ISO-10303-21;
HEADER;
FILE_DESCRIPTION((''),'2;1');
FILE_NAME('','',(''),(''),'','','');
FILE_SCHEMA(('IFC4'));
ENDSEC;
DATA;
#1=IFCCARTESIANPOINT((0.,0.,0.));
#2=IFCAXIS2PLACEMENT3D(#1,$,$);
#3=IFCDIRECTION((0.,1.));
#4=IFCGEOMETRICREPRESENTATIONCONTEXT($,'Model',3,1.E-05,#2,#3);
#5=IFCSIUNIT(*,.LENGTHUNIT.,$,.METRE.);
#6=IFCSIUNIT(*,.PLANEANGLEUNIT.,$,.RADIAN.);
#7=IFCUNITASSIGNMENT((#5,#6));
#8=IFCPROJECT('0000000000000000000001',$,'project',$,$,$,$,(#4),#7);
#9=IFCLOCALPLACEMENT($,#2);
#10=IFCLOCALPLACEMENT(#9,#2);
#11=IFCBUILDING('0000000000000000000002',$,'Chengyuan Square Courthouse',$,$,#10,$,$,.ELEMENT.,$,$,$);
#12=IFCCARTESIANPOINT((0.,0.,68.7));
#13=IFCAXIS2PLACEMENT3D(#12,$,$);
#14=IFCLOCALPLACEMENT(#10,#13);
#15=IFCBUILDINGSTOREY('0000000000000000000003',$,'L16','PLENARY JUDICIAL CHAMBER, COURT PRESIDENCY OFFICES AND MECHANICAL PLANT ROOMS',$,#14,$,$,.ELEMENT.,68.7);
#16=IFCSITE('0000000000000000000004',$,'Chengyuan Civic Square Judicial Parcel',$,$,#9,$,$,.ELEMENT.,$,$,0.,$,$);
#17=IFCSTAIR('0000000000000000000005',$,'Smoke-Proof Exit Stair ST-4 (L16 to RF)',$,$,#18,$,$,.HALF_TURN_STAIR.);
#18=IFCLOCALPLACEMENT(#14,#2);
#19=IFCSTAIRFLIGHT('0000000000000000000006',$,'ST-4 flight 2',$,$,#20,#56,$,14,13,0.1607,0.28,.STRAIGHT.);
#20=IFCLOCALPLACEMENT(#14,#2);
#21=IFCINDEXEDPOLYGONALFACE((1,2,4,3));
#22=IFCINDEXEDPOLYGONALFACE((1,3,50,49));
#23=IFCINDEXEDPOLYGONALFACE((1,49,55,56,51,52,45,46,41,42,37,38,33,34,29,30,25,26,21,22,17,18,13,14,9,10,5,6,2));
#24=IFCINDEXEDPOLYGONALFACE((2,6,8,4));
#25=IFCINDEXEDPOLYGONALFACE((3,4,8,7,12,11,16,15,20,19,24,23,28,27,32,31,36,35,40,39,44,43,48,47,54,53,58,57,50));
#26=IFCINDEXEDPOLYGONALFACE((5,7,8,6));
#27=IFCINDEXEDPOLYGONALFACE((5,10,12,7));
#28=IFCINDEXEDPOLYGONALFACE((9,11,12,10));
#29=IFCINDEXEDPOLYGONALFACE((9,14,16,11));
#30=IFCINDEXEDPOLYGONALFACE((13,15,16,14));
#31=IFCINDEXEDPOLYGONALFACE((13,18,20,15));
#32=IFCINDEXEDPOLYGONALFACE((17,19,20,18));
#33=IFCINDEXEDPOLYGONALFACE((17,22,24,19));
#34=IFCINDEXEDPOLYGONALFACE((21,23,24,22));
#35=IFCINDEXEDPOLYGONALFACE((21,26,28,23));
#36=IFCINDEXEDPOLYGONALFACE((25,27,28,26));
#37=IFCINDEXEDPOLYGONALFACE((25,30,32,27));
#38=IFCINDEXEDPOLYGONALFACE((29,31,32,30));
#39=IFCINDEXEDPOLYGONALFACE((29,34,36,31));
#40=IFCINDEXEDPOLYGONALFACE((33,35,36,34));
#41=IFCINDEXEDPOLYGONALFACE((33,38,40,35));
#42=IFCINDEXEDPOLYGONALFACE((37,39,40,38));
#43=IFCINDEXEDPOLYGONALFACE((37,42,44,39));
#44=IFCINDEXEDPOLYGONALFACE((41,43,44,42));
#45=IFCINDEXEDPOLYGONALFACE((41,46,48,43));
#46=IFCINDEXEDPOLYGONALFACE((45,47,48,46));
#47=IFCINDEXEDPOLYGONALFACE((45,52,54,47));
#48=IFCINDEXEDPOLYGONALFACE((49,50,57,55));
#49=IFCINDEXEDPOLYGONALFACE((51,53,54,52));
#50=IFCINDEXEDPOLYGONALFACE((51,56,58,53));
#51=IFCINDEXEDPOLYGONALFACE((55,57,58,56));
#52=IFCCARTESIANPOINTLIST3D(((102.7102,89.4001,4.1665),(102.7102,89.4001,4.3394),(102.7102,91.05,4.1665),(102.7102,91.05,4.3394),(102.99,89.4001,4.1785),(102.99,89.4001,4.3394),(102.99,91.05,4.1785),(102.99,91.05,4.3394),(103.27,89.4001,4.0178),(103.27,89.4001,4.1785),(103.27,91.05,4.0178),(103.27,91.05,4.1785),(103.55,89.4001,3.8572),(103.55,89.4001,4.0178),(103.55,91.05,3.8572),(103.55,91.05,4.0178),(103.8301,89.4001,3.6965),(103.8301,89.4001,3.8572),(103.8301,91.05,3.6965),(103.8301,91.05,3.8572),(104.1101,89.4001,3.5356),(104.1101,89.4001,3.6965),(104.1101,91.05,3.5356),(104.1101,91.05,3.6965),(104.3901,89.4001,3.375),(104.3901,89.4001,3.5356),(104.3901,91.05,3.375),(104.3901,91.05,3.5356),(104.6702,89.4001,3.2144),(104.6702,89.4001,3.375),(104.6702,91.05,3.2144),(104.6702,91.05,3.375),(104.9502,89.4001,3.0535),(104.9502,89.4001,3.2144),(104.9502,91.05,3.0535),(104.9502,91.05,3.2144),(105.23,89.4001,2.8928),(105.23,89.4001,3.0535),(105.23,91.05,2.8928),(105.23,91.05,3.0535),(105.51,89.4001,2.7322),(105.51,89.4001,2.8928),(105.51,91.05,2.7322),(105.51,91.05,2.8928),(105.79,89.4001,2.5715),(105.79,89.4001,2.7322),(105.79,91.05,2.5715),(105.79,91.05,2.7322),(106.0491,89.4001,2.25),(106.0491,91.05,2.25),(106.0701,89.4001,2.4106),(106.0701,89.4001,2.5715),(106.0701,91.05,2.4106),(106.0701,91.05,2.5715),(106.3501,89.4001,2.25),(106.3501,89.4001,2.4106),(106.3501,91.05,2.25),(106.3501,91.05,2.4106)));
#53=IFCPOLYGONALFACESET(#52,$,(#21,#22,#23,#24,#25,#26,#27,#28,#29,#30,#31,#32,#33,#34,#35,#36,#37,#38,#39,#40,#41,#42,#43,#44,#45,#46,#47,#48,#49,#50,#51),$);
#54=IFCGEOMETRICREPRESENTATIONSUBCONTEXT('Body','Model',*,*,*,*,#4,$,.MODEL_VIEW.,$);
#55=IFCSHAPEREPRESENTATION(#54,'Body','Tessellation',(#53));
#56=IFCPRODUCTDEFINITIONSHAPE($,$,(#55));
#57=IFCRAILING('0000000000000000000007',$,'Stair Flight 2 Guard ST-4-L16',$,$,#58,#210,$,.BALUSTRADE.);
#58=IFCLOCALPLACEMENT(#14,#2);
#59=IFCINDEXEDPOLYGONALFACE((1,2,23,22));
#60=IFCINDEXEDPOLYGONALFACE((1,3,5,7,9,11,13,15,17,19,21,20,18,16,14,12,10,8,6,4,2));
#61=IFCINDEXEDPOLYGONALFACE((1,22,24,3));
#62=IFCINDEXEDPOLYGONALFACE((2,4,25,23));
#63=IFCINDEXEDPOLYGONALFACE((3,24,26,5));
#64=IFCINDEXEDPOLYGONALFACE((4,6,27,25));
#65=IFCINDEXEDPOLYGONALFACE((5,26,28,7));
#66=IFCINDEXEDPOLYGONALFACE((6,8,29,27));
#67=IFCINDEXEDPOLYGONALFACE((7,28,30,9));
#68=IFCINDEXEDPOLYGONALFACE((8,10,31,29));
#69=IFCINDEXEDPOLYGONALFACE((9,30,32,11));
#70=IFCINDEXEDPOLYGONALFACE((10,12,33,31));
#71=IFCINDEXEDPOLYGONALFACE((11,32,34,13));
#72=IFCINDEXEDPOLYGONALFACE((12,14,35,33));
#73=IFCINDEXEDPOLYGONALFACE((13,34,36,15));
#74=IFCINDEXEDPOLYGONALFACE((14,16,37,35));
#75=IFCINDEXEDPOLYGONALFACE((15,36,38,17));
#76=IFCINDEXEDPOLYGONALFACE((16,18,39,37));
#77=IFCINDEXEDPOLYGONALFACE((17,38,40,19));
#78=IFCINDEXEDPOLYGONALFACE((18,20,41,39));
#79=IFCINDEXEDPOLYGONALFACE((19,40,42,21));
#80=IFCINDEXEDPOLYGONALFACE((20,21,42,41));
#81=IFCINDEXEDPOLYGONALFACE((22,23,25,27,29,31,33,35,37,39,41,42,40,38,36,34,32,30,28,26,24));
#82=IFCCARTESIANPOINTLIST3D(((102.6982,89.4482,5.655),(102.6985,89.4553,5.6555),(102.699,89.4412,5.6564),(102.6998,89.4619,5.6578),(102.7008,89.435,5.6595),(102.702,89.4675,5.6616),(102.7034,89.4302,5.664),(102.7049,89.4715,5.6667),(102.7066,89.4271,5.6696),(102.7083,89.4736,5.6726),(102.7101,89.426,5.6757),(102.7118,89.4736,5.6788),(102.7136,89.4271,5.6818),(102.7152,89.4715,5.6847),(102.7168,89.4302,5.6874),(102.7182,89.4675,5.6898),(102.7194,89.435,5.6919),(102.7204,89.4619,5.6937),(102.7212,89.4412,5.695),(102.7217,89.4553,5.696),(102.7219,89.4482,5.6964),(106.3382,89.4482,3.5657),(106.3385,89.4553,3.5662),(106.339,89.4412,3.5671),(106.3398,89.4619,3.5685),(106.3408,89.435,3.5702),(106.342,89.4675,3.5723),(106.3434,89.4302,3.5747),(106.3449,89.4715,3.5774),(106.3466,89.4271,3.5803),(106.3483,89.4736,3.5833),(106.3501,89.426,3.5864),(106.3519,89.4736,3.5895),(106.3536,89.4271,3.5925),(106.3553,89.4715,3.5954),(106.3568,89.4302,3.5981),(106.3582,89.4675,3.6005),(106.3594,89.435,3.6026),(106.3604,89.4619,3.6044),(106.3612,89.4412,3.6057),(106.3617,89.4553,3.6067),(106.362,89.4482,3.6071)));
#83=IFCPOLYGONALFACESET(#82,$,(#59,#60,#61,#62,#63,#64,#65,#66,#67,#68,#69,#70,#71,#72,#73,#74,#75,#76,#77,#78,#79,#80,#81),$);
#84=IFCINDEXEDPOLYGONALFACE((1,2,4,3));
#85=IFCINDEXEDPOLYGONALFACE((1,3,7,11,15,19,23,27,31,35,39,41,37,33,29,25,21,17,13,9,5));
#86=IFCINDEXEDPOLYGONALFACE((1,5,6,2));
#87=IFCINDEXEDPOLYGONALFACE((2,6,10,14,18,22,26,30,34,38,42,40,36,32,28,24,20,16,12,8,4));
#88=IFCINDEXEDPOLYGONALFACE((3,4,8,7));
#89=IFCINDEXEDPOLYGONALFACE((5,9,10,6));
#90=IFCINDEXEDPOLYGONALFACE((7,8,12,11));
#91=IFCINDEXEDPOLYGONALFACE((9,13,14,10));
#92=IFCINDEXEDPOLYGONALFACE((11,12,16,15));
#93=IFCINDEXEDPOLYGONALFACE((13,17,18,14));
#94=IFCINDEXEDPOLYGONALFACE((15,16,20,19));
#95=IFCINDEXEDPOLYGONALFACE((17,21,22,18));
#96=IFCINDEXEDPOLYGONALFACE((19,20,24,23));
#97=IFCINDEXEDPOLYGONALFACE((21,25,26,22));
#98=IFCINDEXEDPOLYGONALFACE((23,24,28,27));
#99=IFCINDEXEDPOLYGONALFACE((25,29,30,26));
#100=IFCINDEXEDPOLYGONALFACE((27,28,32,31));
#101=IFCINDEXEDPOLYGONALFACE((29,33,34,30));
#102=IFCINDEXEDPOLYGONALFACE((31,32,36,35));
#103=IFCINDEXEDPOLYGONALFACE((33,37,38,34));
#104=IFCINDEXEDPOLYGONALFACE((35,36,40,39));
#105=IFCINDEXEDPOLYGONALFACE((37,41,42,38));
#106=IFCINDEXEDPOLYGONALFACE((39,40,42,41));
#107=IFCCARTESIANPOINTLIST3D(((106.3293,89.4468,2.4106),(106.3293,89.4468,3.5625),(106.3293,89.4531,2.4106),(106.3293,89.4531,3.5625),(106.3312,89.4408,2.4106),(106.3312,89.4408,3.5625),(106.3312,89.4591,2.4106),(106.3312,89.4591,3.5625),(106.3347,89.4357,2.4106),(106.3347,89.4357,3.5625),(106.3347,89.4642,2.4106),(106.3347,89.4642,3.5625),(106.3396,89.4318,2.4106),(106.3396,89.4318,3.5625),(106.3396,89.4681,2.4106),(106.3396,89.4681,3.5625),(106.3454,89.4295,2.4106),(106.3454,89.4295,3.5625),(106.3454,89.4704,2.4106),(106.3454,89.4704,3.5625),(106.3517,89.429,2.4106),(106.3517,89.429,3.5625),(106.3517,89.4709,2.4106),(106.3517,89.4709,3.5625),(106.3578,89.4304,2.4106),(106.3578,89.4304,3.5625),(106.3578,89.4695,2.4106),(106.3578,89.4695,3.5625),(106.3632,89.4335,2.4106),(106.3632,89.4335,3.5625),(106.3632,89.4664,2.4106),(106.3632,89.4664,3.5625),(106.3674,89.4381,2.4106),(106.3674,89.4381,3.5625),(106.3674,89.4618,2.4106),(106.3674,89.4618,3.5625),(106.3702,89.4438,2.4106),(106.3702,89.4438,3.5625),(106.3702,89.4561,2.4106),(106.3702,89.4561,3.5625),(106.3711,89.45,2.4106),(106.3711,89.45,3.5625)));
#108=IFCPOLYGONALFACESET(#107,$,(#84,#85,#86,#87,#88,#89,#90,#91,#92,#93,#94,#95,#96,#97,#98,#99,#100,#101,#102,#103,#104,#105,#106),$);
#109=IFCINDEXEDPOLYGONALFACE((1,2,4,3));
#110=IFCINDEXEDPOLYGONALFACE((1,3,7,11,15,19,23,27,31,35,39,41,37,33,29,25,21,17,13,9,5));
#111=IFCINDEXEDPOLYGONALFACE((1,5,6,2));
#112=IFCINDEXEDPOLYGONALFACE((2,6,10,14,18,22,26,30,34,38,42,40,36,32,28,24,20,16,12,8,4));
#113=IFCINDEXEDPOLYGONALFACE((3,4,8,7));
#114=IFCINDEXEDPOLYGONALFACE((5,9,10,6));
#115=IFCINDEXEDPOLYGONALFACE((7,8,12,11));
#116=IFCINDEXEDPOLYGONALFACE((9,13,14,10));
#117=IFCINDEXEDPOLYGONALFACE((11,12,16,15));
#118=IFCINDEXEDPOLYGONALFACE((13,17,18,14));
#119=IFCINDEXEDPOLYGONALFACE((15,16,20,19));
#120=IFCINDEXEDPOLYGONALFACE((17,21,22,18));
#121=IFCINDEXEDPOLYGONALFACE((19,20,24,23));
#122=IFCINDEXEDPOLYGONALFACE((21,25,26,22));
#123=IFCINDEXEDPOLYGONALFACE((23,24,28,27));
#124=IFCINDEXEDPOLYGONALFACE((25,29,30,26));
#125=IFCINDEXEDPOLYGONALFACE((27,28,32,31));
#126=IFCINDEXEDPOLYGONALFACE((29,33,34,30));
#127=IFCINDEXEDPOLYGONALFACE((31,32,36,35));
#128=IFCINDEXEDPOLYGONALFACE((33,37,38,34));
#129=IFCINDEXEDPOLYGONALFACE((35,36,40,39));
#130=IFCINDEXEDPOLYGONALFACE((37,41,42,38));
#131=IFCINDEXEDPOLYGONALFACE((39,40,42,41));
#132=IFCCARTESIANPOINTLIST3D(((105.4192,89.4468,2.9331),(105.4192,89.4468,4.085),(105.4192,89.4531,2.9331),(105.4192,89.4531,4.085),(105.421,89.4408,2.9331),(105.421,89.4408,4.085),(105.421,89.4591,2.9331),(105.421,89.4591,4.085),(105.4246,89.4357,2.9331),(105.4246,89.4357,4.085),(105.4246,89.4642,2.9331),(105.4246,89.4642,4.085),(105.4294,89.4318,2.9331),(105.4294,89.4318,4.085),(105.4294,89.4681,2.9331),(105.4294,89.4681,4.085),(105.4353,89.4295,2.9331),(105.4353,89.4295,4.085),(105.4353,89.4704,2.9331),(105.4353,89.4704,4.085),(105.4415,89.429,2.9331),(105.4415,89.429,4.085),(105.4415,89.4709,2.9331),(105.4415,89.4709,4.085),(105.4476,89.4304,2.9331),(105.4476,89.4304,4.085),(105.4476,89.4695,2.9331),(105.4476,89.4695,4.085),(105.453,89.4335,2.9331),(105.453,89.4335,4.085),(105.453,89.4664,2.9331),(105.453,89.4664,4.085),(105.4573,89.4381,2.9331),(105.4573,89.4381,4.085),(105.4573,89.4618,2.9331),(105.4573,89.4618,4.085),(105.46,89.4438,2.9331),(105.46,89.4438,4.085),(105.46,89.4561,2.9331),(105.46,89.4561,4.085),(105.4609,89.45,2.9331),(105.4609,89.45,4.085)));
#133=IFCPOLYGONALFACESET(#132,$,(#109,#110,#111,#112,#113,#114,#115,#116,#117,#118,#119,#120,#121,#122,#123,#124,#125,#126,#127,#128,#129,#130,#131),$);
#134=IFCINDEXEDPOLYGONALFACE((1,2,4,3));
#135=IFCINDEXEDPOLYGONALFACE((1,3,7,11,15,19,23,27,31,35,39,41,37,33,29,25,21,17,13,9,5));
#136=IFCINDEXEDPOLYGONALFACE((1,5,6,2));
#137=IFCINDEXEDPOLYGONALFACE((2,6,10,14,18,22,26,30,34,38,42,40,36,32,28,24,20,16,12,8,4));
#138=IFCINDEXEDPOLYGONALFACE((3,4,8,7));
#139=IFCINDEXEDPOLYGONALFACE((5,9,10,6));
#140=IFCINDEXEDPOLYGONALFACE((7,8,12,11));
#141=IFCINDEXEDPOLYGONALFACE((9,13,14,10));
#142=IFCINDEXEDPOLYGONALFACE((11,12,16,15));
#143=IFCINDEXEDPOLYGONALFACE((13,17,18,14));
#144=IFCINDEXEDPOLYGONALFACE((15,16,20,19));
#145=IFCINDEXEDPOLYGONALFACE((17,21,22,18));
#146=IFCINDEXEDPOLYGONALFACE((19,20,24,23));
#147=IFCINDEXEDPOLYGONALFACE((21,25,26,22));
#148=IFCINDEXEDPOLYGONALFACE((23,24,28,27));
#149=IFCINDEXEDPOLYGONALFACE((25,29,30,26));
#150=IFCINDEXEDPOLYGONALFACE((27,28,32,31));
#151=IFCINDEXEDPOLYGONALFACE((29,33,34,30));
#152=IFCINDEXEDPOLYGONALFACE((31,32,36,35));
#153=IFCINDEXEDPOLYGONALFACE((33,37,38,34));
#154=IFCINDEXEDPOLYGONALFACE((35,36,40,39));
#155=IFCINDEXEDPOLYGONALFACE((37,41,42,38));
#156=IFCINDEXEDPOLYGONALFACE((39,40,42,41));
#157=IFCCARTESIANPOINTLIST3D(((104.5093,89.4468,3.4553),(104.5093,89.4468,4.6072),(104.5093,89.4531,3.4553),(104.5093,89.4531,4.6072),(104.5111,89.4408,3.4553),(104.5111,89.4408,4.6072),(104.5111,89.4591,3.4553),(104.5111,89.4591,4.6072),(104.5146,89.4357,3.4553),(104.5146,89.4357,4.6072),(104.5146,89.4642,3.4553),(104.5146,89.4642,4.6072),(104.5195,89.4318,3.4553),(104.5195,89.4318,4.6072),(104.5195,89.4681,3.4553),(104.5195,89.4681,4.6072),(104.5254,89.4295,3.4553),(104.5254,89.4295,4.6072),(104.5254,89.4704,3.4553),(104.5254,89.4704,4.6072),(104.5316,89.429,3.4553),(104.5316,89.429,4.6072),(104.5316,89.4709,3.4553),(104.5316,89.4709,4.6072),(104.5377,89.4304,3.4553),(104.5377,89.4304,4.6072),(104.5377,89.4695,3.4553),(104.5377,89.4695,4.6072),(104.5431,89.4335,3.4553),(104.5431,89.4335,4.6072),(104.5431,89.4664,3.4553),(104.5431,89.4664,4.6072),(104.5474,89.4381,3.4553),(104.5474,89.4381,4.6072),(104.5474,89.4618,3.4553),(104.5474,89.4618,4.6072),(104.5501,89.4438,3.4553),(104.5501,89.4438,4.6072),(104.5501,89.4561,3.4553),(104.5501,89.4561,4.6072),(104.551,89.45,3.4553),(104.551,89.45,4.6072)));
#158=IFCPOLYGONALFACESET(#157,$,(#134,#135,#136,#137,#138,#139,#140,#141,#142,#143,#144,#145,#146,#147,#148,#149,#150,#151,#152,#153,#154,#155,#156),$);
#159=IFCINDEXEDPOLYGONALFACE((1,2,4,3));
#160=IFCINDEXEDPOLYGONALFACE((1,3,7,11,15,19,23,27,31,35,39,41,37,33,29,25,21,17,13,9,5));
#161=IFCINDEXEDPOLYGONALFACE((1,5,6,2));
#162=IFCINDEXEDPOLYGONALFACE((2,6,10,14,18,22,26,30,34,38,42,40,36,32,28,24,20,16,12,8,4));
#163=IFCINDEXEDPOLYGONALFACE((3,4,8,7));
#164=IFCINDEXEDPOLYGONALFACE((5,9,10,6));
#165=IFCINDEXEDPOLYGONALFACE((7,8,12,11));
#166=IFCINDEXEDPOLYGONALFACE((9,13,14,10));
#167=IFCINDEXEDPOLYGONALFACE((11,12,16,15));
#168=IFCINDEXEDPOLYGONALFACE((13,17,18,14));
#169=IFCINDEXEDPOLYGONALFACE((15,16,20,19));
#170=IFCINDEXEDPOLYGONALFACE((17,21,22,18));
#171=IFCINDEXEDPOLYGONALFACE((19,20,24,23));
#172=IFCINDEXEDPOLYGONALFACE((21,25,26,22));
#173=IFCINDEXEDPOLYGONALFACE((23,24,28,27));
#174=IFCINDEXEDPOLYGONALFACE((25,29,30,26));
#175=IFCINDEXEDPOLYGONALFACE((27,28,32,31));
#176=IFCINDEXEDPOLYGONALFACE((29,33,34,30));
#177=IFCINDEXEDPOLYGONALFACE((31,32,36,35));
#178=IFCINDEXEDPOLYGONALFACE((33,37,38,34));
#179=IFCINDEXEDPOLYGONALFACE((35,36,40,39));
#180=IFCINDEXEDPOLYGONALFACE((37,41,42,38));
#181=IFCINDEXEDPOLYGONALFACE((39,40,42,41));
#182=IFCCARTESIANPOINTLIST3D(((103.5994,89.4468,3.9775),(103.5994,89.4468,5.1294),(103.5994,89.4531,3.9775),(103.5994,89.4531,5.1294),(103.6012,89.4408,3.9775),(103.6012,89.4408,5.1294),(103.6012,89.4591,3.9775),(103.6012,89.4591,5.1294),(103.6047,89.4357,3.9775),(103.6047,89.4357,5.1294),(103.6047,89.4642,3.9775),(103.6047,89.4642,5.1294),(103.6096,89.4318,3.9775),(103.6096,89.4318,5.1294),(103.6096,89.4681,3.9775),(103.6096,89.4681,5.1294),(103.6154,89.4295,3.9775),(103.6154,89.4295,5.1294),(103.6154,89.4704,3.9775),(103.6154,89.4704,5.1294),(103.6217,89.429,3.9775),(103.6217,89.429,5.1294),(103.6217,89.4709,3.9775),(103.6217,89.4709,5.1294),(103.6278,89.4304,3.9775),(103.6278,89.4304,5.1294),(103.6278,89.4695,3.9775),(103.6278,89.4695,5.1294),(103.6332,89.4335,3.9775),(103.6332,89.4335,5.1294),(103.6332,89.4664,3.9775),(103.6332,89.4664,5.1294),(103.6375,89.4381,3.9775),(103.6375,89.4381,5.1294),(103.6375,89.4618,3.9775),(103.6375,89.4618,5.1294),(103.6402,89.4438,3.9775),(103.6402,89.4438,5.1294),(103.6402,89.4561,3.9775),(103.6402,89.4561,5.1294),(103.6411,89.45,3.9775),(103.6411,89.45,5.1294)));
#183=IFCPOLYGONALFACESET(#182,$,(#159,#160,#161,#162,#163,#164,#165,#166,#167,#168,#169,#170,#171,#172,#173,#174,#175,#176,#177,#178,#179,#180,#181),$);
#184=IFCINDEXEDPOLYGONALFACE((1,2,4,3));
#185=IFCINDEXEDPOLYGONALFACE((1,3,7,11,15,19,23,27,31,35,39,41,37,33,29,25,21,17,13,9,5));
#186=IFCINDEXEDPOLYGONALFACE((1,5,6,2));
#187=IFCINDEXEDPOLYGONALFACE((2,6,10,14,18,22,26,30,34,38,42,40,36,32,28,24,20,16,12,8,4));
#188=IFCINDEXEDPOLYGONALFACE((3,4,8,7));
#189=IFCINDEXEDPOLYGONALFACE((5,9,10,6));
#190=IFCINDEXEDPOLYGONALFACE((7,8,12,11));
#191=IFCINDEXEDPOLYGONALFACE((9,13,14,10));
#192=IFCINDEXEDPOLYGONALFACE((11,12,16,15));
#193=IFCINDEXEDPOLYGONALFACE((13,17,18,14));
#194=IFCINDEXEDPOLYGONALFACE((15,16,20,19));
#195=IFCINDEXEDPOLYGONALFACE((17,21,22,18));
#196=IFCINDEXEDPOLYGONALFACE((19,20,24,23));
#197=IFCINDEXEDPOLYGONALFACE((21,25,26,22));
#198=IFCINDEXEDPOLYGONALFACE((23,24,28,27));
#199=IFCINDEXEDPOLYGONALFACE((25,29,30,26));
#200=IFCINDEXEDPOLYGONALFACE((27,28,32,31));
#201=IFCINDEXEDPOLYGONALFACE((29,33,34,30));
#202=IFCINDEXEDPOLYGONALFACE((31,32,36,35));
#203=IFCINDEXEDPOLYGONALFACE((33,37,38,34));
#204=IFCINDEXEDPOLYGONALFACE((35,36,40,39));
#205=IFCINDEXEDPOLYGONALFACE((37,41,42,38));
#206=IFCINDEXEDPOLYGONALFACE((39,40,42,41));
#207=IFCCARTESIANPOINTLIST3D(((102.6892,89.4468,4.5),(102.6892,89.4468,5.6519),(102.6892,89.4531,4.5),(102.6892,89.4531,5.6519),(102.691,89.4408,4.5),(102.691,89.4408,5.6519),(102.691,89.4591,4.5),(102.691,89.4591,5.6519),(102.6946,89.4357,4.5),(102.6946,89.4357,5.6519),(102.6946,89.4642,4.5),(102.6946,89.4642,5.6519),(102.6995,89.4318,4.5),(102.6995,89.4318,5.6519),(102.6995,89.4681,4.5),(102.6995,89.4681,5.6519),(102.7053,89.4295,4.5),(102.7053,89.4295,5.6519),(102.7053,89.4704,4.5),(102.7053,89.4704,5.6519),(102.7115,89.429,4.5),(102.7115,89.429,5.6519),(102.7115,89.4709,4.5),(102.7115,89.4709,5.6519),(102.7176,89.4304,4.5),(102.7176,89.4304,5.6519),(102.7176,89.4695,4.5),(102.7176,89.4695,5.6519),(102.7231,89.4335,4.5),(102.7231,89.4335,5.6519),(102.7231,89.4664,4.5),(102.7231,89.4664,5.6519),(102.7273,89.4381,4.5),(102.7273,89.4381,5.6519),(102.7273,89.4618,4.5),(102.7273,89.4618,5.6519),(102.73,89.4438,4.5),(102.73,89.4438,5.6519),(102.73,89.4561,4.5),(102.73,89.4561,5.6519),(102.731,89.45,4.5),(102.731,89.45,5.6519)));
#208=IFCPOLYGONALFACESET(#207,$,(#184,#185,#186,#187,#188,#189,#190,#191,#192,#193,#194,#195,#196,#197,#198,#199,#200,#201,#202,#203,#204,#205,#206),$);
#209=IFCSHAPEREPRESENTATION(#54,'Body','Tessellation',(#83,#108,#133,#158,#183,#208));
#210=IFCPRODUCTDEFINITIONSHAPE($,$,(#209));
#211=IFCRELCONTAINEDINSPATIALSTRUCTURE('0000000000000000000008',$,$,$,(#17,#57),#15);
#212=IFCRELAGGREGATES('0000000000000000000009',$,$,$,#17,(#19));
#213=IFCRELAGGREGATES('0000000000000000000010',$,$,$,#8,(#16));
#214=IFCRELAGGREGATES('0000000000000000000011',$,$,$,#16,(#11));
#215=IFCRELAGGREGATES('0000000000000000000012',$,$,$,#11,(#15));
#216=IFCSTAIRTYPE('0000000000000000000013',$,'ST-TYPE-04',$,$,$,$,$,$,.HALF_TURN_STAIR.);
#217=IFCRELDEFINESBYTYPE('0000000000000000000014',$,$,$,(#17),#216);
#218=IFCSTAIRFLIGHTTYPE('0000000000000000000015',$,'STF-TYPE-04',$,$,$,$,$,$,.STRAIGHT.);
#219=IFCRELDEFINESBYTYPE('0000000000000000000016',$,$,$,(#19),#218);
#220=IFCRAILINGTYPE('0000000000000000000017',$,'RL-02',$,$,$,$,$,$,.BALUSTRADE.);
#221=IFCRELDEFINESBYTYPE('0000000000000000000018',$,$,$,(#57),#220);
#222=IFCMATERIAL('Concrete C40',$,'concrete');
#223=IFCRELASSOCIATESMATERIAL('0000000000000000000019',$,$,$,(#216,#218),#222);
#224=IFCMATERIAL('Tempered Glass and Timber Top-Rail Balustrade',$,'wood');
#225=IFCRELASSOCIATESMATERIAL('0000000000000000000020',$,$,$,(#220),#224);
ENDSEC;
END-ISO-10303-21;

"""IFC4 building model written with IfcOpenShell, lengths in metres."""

from ifc_helpers import new_model, si_unit, direction, frame, origin, origin_2d, place, context, subcontext, project, spatial, polyline, circle, outline, extrude, material, type_object, element, aggregate, save


model = new_model("IFC4")

# Units and contexts
model_context = context("Model", 3, precision=1e-05, world=origin(), true_north=direction((0.0, 1.0)))
body_context = subcontext(model_context, "Body", "Model", "MODEL_VIEW")
ifc_project = project(units=[si_unit("LENGTHUNIT", "METRE"), si_unit("PLANEANGLEUNIT", "RADIAN")], contexts=[model_context])

# Site, building, storey
site_placement = place(None, origin())
site = spatial("IfcSite", under=ifc_project, at=site_placement, Name="Chengyuan Civic Square Judicial Parcel", CompositionType="ELEMENT", RefElevation=0.0)
building_placement = place(site_placement, origin())
building = spatial("IfcBuilding", under=site, at=building_placement, Name="Chengyuan Square Courthouse", CompositionType="ELEMENT")
storey_placement = place(building_placement, frame((0.0, 0.0, 68.7)))
storey = spatial("IfcBuildingStorey", under=building, at=storey_placement, Name="L16", Description="PLENARY JUDICIAL CHAMBER, COURT PRESIDENCY OFFICES AND MECHANICAL PLANT ROOMS", CompositionType="ELEMENT", Elevation=68.7)

# Shared definitions
ifc_material_1 = material(Name="Concrete C40", Category="concrete")

# Stair, stair flight
stair_type = type_object("IfcStairType", Name="ST-TYPE-04", PredefinedType="HALF_TURN_STAIR", material=ifc_material_1)
stair_placement = place(storey_placement, origin())
stair = element("IfcStair", 1, at=stair_placement, inside=storey, type_object=stair_type, Name="Smoke-Proof Exit Stair ST-4 (L16 to RF)", PredefinedType="HALF_TURN_STAIR")
stair_flight_type = type_object("IfcStairFlightType", Name="STF-TYPE-04", PredefinedType="STRAIGHT", material=ifc_material_1)
stair_flight_placement = place(storey_placement, frame((106.3501, 90.2251, 2.25), z_axis=(0.0, 0.0, 1.0), x_axis=(-1.0, 0.0, 0.0)))
stair_flight = element("IfcStairFlight", 2, at=stair_flight_placement, type_object=stair_flight_type, Name="ST-4 flight 2", NumberOfRisers=14, NumberOfTreads=13, PredefinedType="STRAIGHT", RiserHeight=0.1607, TreadLength=0.28, context=body_context, shape_type="SweptSolid", body=[
    extrude(outline(polyline([(0.0, 0.0), (0.0, 0.1606), (0.28, 0.1606), (0.28, 0.3215), (0.5601, 0.3215), (0.5601, 0.4822), (0.8401, 0.4822), (0.8401, 0.6428), (1.1201, 0.6428), (1.1201, 0.8035), (1.3999, 0.8035), (1.3999, 0.9644), (1.6799, 0.9644), (1.6799, 1.125), (1.96, 1.125), (1.96, 1.2856), (2.24, 1.2856), (2.24, 1.4465), (2.52, 1.4465), (2.52, 1.6072), (2.8, 1.6072), (2.8, 1.7678), (3.0801, 1.7678), (3.0801, 1.9285), (3.3601, 1.9285), (3.3601, 2.0894), (3.6399, 2.0894), (3.6399, 2.25), (3.6399, 1.9165), (0.301, 0.0), (0.0, 0.0)])), frame((0.0, 0.825, 0.0), z_axis=(0.0, -1.0, 0.0), x_axis=(1.0, 0.0, 0.0)), (0.0, 0.0, 1.0), 1.6499),
])
aggregate(stair, [stair_flight])

# Railing
ifc_material_2 = material(Name="Tempered Glass and Timber Top-Rail Balustrade", Category="wood")
railing_type_1 = type_object("IfcRailingType", Name="RL-02", PredefinedType="BALUSTRADE", material=ifc_material_2)
railing_1_placement = place(storey_placement, frame((106.3501, 89.45, 2.4106)))
element("IfcRailing", 3, at=railing_1_placement, inside=storey, type_object=railing_type_1, Name="Stair Flight 2 Guard ST-4-L16", PredefinedType="BALUSTRADE", context=body_context, shape_type="SweptSolid", body=[
    extrude(circle(Radius=0.0239, at=origin_2d()), frame((0.0, 0.0, 1.1758), z_axis=(-0.867289, 0.0, 0.497804), x_axis=(0.0, -1.0, 0.0)), (0.0, 0.0, 1.0), 4.197),
    extrude(circle(Radius=0.021, at=origin_2d()), origin(), (0.0, 0.0, 1.0), 1.1519),
    extrude(circle(Radius=0.021, at=origin_2d()), frame((-0.9102, 0.0, 0.5225)), (0.0, 0.0, 1.0), 1.1519),
    extrude(circle(Radius=0.021, at=origin_2d()), frame((-1.8201, 0.0, 1.0447)), (0.0, 0.0, 1.0), 1.1519),
    extrude(circle(Radius=0.021, at=origin_2d()), frame((-2.73, 0.0, 1.5669)), (0.0, 0.0, 1.0), 1.1519),
    extrude(circle(Radius=0.021, at=origin_2d()), frame((-3.6401, 0.0, 2.0894)), (0.0, 0.0, 1.0), 1.1519),
])

save(model, "model.ifc")
